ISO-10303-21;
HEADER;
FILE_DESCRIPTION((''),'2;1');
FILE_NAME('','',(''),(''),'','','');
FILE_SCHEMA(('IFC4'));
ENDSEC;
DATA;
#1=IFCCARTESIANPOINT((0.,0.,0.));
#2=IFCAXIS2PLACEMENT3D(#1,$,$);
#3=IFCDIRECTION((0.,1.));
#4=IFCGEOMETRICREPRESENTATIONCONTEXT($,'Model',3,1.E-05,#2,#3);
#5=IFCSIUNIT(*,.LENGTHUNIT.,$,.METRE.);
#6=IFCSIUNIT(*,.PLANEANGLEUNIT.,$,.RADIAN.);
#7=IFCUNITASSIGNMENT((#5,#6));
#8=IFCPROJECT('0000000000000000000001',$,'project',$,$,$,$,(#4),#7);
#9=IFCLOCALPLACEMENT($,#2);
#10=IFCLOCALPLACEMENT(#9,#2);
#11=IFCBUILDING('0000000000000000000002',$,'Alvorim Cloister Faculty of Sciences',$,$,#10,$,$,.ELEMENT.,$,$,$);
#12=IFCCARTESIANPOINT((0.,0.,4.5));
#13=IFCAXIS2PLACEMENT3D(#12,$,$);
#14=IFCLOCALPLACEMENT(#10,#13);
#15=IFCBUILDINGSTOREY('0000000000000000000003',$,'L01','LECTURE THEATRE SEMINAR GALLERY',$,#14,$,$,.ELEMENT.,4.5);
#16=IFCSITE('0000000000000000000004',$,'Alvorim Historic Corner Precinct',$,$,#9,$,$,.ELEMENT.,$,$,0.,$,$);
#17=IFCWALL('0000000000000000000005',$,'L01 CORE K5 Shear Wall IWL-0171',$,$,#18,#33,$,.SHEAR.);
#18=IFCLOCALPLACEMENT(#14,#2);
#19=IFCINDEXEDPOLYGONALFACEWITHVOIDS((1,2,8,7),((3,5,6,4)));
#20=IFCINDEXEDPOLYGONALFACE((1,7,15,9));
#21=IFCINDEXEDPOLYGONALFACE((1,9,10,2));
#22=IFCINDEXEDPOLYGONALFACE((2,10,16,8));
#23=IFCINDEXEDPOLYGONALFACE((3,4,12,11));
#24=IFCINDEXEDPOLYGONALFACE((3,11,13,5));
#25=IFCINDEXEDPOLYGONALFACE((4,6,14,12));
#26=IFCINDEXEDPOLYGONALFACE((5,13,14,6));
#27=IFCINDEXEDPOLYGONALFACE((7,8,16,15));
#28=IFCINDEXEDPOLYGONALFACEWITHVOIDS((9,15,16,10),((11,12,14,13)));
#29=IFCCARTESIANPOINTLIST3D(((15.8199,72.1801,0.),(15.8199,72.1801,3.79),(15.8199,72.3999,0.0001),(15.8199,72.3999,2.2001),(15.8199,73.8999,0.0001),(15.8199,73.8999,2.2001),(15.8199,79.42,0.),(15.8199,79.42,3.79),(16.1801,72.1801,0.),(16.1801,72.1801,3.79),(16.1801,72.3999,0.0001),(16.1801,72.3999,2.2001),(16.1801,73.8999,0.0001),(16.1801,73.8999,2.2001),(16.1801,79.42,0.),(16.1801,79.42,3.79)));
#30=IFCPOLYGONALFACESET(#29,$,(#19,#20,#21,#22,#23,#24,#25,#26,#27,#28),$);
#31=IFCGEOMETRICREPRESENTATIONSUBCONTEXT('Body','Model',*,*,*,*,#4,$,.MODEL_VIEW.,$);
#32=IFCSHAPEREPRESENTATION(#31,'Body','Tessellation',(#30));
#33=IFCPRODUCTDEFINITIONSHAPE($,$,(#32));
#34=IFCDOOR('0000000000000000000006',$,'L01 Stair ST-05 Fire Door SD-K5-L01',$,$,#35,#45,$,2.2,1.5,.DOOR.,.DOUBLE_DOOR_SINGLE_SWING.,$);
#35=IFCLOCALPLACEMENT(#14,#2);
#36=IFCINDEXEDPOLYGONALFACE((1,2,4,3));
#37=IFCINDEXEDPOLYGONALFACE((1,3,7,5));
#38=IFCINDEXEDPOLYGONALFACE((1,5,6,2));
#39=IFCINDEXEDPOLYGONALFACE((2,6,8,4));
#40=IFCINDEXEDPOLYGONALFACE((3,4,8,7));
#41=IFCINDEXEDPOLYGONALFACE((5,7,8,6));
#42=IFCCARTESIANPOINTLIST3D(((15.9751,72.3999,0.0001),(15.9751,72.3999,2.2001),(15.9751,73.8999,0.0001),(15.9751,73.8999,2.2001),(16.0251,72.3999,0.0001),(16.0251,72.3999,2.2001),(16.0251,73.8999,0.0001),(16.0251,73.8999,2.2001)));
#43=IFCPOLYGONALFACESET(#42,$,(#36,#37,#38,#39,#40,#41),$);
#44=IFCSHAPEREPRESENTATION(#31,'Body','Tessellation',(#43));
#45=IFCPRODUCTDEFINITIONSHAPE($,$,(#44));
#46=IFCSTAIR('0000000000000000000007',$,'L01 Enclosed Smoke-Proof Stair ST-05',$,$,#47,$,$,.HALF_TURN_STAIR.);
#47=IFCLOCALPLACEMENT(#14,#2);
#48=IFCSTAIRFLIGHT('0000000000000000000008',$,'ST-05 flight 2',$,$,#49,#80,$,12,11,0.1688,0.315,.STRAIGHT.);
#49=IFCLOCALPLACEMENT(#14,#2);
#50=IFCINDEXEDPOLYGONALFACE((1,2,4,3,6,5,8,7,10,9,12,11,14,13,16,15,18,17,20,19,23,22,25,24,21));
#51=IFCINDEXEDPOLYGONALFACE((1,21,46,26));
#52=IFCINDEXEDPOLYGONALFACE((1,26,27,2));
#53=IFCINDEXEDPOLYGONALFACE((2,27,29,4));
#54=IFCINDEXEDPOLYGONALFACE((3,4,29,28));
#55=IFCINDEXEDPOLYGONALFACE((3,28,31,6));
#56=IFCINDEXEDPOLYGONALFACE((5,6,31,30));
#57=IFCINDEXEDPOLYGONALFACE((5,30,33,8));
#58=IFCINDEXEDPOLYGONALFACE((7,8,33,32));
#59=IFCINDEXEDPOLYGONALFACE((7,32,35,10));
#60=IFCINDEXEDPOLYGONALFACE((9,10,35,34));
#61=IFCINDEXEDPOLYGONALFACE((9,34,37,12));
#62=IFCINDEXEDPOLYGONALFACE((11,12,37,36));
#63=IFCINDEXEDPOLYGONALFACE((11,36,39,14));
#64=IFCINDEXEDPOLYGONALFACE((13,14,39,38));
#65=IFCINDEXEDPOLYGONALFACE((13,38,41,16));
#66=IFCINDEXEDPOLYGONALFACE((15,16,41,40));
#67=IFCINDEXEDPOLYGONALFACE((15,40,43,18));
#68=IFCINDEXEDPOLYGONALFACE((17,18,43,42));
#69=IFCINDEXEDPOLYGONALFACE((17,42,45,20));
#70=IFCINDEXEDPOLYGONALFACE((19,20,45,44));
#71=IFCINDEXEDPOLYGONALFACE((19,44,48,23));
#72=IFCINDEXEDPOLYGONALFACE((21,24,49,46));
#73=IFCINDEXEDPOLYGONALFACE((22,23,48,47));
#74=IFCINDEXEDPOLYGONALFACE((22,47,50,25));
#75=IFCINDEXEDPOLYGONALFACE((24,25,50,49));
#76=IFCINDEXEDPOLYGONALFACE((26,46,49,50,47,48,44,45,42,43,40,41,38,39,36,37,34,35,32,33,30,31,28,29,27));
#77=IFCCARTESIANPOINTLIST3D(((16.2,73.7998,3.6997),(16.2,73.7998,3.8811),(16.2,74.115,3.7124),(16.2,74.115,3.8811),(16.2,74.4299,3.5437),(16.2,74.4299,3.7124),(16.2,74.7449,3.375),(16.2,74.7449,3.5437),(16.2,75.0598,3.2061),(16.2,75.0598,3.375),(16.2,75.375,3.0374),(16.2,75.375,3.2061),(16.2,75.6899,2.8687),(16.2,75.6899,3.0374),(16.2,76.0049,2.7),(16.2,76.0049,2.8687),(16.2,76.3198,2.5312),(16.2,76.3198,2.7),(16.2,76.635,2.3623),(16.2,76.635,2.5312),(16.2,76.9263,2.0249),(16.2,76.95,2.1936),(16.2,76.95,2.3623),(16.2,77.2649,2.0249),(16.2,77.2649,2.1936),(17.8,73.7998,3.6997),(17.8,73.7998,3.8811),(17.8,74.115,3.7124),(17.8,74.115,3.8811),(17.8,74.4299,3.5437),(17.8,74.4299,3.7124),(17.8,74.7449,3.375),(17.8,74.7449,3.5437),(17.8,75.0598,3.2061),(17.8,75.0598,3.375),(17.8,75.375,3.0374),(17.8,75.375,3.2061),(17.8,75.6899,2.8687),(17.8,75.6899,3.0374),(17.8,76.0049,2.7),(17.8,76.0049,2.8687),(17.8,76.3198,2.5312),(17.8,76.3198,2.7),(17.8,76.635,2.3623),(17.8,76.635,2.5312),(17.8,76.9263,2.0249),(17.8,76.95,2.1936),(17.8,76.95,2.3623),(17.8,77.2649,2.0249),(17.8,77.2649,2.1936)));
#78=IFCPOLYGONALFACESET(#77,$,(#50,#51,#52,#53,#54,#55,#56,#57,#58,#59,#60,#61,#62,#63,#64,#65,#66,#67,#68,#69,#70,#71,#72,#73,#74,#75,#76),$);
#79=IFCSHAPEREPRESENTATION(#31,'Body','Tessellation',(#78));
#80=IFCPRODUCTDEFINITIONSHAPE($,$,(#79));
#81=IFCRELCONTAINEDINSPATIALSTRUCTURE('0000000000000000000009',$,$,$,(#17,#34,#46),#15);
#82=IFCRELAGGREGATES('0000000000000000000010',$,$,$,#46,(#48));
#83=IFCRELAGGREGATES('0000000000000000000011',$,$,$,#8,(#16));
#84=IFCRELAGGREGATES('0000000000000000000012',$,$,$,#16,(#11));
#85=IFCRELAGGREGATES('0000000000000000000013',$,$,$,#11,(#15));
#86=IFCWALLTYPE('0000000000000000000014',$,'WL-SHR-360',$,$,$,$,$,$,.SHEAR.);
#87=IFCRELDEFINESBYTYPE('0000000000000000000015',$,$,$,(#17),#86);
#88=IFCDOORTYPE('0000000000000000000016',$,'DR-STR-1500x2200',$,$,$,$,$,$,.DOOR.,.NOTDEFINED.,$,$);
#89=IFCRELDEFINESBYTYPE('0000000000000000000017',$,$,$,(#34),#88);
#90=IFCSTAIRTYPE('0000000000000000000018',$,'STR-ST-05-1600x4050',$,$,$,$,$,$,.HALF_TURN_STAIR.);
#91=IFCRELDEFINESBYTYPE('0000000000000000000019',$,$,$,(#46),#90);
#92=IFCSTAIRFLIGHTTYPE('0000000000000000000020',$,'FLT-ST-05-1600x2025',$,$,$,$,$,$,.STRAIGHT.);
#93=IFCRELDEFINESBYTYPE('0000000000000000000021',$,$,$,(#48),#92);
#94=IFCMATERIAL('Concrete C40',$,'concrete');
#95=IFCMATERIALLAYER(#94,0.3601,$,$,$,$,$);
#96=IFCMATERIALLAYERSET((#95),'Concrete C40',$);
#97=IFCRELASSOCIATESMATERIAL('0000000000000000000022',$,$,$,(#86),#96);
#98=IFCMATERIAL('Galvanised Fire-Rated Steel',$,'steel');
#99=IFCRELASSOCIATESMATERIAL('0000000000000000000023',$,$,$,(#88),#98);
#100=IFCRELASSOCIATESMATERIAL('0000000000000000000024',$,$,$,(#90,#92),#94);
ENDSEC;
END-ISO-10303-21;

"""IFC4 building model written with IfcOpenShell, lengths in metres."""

from ifc_helpers import new_model, si_unit, direction, frame, frame_2d, origin, place, context, subcontext, project, spatial, polyline, rectangle, outline, extrude, material, layer, layer_set, type_object, element, fill, aggregate, save


model = new_model("IFC4")

# Units and contexts
model_context = context("Model", 3, precision=1e-05, world=origin(), true_north=direction((0.0, 1.0)))
body_context = subcontext(model_context, "Body", "Model", "MODEL_VIEW")
ifc_project = project(units=[si_unit("LENGTHUNIT", "METRE"), si_unit("PLANEANGLEUNIT", "RADIAN")], contexts=[model_context])

# Site, building, storey
site_placement = place(None, origin())
site = spatial("IfcSite", under=ifc_project, at=site_placement, Name="Alvorim Historic Corner Precinct", CompositionType="ELEMENT", RefElevation=0.0)
building_placement = place(site_placement, origin())
building = spatial("IfcBuilding", under=site, at=building_placement, Name="Alvorim Cloister Faculty of Sciences", CompositionType="ELEMENT")
storey_placement = place(building_placement, frame((0.0, 0.0, 4.5)))
storey = spatial("IfcBuildingStorey", under=building, at=storey_placement, Name="L01", Description="LECTURE THEATRE SEMINAR GALLERY", CompositionType="ELEMENT", Elevation=4.5)

# Shared definitions
ifc_material_1 = material(Name="Concrete C40", Category="concrete")

# Shared definitions
ifc_layer_1 = layer(ifc_material_1, 0.3601)
ifc_layer_set_1 = layer_set([ifc_layer_1], Name="Concrete C40")
wall_type_1 = type_object("IfcWallType", Name="WL-SHR-360", PredefinedType="SHEAR", material=ifc_layer_set_1)

# Wall, opening, door
wall_1_placement = place(storey_placement, frame((16.0, 72.1799, 0.0), z_axis=(0.0, 0.0, 1.0), x_axis=(0.0, 1.0, 0.0)))
wall_1 = element("IfcWall", 1, at=wall_1_placement, inside=storey, type_object=wall_type_1, Name="L01 CORE K5 Shear Wall IWL-0171", PredefinedType="SHEAR", context=body_context, shape_type="SweptSolid", body=[
    extrude(rectangle(XDim=7.24, YDim=0.3601, at=frame_2d((3.6201, 0.0))), origin(), (0.0, 0.0, 1.0), 3.79),
])
opening_1_placement = place(wall_1_placement, frame((0.22, 0.0, 0.0)))
opening_1 = element("IfcOpeningElement", 2, at=opening_1_placement, cuts=wall_1, PredefinedType="OPENING", context=body_context, shape_type="SweptSolid", body=[
    extrude(rectangle(XDim=1.5, YDim=2.2, at=frame_2d((0.75, 1.1001))), frame((0.0, 0.1919, 0.0), z_axis=(0.0, -1.0, 0.0), x_axis=(1.0, 0.0, 0.0)), (0.0, 0.0, 1.0), 0.384),
])
ifc_material_2 = material(Name="Galvanised Fire-Rated Steel", Category="steel")
door_type = type_object("IfcDoorType", Name="DR-STR-1500x2200", OperationType="NOTDEFINED", PredefinedType="DOOR", material=ifc_material_2)
door_placement = place(opening_1_placement, origin())
door = element("IfcDoor", 3, at=door_placement, inside=storey, type_object=door_type, Name="L01 Stair ST-05 Fire Door SD-K5-L01", OperationType="DOUBLE_DOOR_SINGLE_SWING", OverallHeight=2.2, OverallWidth=1.5, PredefinedType="DOOR", context=body_context, shape_type="SweptSolid", body=[
    extrude(rectangle(XDim=1.5, YDim=2.2, at=frame_2d((0.75, 1.1001))), frame((0.0, 0.0249, 0.0), z_axis=(0.0, -1.0, 0.0), x_axis=(1.0, 0.0, 0.0)), (0.0, 0.0, 1.0), 0.05),
])
fill(opening_1, door)

# Stair, stair flight
stair_type = type_object("IfcStairType", Name="STR-ST-05-1600x4050", PredefinedType="HALF_TURN_STAIR", material=ifc_material_1)
stair_placement = place(storey_placement, origin())
stair = element("IfcStair", 4, at=stair_placement, inside=storey, type_object=stair_type, Name="L01 Enclosed Smoke-Proof Stair ST-05", PredefinedType="HALF_TURN_STAIR")
stair_flight_type = type_object("IfcStairFlightType", Name="FLT-ST-05-1600x2025", PredefinedType="STRAIGHT", material=ifc_material_1)
stair_flight_placement = place(storey_placement, frame((17.0, 77.2649, 2.0249), z_axis=(0.0, 0.0, 1.0), x_axis=(0.0, -1.0, 0.0)))
stair_flight = element("IfcStairFlight", 5, at=stair_flight_placement, type_object=stair_flight_type, Name="ST-05 flight 2", NumberOfRisers=12, NumberOfTreads=11, PredefinedType="STRAIGHT", RiserHeight=0.1688, TreadLength=0.315, context=body_context, shape_type="SweptSolid", body=[
    extrude(outline(polyline([(0.3386, 0.0), (3.4651, 1.6748), (3.4651, 2.0249), (3.4651, 1.8562), (3.1499, 1.8562), (3.1499, 1.6875), (2.835, 1.6875), (2.835, 1.5188), (2.52, 1.5188), (2.52, 1.3501), (2.2051, 1.3501), (2.2051, 1.1812), (1.8899, 1.1812), (1.8899, 1.0125), (1.575, 1.0125), (1.575, 0.8438), (1.26, 0.8438), (1.26, 0.675), (0.9451, 0.675), (0.9451, 0.5063), (0.6299, 0.5063), (0.6299, 0.3374), (0.3149, 0.3374), (0.3149, 0.1687), (0.0, 0.1687), (0.0, 0.0), (0.3386, 0.0)])), frame((0.0, 0.8, 0.0), z_axis=(0.0, -1.0, 0.0), x_axis=(1.0, 0.0, 0.0)), (0.0, 0.0, 1.0), 1.6001),
])
aggregate(stair, [stair_flight])

save(model, "model.ifc")
